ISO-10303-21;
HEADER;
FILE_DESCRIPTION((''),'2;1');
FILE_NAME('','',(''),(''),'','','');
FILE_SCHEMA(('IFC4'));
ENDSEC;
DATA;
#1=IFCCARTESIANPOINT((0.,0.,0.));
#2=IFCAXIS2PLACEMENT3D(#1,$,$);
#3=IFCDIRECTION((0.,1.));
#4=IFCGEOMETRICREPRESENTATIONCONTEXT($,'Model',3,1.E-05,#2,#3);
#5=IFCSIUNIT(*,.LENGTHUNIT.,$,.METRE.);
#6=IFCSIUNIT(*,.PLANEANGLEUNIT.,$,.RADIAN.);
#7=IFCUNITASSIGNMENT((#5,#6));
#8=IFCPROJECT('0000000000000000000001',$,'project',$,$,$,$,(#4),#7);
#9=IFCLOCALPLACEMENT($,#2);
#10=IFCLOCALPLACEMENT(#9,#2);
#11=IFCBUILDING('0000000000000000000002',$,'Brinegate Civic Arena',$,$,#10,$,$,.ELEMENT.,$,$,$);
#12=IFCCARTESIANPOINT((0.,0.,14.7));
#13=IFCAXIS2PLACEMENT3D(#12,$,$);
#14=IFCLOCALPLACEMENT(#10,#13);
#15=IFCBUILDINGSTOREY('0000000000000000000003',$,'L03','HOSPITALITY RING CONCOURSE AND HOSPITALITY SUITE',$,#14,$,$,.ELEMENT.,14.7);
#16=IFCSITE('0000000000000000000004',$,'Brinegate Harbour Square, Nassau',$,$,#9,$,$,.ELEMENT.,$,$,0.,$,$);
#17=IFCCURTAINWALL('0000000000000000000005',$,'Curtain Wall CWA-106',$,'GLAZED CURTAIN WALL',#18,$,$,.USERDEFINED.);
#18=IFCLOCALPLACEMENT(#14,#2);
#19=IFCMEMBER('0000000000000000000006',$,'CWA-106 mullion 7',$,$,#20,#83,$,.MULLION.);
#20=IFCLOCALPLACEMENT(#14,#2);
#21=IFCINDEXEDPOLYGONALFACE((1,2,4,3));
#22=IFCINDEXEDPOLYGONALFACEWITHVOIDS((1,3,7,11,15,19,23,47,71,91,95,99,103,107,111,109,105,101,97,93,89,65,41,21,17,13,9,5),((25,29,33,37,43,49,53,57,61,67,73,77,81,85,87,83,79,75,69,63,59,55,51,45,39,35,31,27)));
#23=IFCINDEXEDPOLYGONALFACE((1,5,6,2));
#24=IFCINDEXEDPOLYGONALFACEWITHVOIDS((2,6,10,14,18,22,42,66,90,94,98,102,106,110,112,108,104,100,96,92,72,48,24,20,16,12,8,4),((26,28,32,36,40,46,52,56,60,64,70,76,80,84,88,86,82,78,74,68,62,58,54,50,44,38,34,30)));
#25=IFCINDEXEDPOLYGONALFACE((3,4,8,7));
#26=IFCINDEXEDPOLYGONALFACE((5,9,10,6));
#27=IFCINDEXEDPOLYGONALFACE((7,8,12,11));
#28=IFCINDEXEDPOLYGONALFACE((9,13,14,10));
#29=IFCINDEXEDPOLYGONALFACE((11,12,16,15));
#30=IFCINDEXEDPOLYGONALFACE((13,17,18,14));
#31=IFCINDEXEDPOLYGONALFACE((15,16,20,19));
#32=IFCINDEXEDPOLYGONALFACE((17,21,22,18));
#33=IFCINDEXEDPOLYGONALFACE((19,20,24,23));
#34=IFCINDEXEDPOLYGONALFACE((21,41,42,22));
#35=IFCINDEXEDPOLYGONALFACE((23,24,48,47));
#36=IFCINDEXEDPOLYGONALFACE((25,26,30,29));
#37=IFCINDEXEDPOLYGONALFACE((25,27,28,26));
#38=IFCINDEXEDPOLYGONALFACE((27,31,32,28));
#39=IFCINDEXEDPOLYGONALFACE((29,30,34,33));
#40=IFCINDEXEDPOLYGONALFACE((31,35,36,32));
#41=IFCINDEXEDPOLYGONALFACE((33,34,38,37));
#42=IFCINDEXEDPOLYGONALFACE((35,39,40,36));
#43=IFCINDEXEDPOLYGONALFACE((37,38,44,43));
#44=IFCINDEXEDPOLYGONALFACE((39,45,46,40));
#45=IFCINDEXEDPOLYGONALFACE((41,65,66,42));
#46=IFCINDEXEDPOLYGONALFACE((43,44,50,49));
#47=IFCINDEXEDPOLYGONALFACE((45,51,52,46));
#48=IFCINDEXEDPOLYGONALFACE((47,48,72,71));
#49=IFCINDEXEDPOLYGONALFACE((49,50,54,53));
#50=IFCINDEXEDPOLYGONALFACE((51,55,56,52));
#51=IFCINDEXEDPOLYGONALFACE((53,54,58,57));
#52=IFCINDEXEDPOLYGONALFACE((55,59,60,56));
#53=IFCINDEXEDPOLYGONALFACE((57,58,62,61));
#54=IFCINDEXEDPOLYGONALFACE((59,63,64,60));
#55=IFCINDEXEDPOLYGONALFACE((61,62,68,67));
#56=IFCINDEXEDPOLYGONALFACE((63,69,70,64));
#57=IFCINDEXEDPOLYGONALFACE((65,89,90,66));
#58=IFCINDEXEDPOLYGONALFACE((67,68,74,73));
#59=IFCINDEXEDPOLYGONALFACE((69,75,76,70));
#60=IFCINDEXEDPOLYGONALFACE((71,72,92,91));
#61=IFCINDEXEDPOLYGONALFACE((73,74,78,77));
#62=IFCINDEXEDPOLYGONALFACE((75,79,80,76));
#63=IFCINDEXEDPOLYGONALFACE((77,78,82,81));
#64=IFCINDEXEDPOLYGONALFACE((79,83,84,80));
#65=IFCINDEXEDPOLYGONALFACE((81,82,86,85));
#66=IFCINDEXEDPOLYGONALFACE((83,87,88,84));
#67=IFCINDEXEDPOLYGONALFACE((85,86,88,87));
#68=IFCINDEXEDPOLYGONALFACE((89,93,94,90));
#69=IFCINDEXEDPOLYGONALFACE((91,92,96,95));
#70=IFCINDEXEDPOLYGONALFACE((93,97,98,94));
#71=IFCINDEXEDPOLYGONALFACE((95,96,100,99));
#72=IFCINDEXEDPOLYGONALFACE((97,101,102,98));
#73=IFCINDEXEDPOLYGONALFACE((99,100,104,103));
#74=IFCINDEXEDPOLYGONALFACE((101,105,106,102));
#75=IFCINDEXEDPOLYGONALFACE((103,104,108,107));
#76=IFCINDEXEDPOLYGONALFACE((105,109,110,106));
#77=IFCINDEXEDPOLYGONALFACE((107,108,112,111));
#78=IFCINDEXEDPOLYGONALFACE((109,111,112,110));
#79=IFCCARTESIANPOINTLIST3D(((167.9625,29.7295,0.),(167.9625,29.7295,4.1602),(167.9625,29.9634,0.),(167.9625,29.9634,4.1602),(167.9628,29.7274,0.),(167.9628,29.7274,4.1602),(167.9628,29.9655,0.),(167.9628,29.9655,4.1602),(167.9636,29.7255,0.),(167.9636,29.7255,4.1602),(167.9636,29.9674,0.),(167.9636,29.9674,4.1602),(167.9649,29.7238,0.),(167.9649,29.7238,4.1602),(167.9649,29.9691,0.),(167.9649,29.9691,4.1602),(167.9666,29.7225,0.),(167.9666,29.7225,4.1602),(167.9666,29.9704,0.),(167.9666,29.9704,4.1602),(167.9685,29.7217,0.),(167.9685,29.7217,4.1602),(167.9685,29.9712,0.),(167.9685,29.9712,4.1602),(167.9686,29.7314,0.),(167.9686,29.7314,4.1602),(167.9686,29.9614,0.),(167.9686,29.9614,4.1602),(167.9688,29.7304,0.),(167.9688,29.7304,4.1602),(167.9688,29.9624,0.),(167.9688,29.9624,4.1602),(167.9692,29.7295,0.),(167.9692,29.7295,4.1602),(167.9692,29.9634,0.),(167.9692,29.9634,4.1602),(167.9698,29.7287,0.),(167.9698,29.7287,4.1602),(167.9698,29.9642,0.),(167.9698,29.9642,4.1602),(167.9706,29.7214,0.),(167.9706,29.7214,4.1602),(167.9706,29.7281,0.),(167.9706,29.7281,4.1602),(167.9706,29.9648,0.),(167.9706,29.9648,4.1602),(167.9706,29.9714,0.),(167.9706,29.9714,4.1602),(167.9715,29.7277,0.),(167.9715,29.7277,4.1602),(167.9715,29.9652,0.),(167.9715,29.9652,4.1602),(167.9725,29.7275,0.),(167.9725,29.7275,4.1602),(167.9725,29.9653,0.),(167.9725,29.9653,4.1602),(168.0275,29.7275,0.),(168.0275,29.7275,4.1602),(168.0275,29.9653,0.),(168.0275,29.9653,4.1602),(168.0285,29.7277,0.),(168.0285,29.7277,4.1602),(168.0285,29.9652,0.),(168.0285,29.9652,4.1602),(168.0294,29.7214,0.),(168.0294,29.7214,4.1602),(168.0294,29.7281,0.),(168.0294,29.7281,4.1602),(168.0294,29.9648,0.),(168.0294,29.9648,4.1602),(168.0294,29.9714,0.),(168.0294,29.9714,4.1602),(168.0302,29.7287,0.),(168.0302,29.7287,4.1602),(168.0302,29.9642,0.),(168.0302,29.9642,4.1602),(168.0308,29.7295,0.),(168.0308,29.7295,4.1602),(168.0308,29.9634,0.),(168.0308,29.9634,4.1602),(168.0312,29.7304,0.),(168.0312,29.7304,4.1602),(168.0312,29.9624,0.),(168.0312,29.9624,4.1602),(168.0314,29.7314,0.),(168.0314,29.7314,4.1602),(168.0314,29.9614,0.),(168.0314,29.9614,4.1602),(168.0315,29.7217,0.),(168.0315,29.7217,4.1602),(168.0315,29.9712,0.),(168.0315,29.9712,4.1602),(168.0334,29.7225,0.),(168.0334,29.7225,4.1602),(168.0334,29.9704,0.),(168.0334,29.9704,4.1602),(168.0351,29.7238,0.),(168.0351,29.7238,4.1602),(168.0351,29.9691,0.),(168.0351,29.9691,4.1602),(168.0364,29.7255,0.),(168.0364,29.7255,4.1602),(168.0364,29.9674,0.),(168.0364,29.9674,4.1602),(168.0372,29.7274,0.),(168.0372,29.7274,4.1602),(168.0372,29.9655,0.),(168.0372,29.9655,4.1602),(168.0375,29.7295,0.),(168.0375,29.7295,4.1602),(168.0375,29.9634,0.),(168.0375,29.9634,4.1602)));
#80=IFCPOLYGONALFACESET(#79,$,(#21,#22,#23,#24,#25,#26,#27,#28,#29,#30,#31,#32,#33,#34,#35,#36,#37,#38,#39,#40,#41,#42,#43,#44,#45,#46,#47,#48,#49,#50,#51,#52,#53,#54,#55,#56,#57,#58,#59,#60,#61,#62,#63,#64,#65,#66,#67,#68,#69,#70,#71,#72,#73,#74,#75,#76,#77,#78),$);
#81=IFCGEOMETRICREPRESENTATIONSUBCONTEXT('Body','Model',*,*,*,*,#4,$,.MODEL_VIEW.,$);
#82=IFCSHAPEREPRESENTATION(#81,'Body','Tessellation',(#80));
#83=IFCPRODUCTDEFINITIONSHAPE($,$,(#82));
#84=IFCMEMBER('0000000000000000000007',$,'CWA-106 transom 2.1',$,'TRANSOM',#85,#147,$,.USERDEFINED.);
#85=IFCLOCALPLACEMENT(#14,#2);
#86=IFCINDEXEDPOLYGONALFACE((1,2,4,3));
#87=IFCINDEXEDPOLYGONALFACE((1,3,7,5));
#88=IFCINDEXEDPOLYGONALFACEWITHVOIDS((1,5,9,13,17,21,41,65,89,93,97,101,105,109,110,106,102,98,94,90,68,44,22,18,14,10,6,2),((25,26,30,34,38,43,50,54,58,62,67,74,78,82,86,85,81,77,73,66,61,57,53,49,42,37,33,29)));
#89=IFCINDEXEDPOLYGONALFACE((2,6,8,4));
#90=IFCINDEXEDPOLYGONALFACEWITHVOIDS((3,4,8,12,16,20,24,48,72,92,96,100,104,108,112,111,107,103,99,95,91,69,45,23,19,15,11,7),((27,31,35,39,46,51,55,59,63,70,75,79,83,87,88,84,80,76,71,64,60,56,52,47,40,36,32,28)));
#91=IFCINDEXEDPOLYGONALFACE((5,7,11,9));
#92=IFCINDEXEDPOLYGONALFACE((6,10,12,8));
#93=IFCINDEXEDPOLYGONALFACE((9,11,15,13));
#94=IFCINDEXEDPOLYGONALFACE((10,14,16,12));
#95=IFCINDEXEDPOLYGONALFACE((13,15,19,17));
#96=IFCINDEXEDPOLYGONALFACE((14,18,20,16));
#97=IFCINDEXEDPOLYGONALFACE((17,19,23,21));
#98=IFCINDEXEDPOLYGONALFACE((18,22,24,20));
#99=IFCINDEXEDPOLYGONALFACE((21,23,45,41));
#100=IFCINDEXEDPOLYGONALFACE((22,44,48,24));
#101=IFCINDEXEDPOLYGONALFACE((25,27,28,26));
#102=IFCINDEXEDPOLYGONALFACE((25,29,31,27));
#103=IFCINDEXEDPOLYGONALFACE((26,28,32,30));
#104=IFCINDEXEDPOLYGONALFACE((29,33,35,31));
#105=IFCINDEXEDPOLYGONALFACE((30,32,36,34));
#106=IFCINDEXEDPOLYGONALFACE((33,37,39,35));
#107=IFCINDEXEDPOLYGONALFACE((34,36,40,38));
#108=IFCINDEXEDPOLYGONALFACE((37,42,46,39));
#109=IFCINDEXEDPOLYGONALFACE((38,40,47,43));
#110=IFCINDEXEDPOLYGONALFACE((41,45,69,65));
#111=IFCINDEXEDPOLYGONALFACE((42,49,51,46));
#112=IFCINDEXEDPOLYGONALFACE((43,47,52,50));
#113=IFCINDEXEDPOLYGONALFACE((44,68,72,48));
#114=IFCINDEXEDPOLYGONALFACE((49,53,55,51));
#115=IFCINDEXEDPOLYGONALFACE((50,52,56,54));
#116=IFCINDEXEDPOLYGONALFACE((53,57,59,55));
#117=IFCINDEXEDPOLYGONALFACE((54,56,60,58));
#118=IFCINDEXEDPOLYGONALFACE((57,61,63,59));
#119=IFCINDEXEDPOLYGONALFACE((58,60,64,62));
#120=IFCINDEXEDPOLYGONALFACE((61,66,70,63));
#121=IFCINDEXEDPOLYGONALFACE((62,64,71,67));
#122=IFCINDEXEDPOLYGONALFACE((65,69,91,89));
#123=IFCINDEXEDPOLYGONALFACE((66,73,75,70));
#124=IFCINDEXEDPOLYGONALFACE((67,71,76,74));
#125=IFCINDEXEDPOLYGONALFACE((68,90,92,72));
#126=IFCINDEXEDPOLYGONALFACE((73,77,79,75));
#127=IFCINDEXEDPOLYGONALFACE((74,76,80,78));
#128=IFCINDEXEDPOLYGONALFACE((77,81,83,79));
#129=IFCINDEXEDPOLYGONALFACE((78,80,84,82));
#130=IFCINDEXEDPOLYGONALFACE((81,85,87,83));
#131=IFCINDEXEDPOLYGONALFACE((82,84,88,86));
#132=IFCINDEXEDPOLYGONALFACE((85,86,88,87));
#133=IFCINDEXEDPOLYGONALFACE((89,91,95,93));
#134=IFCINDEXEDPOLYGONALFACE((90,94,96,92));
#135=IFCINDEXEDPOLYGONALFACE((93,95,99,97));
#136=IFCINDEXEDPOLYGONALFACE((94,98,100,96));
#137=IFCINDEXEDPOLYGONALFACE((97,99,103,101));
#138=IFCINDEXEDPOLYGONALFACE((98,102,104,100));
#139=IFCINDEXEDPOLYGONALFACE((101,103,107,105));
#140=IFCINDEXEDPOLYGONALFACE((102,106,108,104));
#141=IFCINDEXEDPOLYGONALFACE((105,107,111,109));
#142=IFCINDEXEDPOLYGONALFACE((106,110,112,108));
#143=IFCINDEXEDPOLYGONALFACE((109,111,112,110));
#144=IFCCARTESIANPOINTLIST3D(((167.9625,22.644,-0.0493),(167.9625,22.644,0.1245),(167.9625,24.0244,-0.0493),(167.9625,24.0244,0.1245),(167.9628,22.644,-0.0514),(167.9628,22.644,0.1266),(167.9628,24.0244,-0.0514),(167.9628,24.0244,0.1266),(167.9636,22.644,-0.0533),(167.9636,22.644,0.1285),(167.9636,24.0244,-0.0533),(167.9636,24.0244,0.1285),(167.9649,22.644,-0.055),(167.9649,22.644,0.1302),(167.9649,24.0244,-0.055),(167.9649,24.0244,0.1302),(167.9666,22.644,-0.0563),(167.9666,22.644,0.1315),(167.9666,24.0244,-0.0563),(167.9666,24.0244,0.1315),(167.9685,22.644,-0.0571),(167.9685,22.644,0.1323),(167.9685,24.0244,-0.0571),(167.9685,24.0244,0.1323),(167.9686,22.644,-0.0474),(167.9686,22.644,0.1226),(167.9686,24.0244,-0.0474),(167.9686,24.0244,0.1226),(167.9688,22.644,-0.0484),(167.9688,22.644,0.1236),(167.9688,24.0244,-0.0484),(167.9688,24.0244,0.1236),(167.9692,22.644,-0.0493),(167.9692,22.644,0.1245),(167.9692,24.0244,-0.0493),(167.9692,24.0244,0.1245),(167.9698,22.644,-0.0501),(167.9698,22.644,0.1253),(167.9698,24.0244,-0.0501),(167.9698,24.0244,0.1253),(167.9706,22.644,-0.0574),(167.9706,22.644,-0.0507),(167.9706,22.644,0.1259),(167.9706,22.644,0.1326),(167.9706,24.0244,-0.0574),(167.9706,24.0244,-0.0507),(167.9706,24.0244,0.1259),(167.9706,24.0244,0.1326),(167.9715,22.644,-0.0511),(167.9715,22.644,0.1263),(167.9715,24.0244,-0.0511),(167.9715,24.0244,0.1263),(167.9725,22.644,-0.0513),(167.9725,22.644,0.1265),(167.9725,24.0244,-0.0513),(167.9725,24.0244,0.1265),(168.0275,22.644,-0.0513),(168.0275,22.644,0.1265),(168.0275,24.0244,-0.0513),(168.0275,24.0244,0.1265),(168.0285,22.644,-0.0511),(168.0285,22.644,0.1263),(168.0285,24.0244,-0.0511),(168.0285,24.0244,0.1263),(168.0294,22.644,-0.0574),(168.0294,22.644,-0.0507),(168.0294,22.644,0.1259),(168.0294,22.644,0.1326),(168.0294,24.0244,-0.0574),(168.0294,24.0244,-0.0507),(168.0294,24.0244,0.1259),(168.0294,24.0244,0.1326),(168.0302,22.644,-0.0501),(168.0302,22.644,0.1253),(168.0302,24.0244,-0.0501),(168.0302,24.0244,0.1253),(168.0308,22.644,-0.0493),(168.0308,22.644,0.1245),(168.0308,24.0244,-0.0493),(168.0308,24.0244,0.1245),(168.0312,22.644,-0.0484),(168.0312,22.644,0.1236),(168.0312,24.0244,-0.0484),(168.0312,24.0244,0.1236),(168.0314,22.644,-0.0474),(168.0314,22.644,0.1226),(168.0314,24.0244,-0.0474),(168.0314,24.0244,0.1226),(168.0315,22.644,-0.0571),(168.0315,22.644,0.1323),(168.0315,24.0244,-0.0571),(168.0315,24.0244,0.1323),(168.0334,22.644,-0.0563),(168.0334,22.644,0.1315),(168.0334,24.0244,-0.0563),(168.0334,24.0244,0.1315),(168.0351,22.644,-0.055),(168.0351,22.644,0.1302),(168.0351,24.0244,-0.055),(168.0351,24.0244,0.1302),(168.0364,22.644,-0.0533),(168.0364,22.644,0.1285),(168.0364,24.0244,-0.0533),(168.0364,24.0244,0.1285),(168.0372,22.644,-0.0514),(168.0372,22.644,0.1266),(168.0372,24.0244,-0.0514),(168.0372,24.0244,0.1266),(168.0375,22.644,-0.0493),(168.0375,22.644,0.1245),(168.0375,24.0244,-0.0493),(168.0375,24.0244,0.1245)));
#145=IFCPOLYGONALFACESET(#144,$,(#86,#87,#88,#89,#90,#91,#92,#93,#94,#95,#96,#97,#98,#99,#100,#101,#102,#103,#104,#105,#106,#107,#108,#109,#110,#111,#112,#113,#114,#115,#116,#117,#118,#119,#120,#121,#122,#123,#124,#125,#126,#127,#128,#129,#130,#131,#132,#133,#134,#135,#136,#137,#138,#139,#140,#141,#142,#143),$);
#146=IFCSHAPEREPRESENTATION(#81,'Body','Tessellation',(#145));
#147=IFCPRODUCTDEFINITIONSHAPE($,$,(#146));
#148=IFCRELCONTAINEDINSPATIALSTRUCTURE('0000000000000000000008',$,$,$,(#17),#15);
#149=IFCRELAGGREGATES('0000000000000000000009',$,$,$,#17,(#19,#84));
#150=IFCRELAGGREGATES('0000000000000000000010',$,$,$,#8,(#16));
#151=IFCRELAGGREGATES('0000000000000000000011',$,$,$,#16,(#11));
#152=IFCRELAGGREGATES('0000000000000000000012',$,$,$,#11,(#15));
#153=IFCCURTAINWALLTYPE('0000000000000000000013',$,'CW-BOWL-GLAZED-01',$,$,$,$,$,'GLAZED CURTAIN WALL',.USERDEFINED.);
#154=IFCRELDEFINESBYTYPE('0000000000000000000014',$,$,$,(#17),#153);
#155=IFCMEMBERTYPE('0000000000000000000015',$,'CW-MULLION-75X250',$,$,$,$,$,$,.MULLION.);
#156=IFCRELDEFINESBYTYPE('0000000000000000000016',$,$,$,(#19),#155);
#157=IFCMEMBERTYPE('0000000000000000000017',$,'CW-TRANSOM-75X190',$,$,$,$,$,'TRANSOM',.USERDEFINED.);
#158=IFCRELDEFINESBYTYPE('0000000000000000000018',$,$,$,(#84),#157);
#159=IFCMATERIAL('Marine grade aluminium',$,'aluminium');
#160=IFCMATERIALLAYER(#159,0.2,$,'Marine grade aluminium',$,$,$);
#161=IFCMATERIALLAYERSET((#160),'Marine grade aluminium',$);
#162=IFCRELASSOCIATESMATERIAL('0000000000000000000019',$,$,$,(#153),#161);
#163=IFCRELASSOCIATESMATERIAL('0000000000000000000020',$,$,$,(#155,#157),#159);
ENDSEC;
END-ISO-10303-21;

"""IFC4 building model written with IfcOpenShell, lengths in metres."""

from ifc_helpers import new_model, si_unit, direction, frame, origin, origin_2d, place, context, subcontext, project, spatial, hollow_rectangle, extrude, material, layer, layer_set, material_profile, profile_set, type_object, element, aggregate, save


model = new_model("IFC4")

# Units and contexts
model_context = context("Model", 3, precision=1e-05, world=origin(), true_north=direction((0.0, 1.0)))
body_context = subcontext(model_context, "Body", "Model", "MODEL_VIEW")
ifc_project = project(units=[si_unit("LENGTHUNIT", "METRE"), si_unit("PLANEANGLEUNIT", "RADIAN")], contexts=[model_context])

# Site, building, storey
site_placement = place(None, origin())
site = spatial("IfcSite", under=ifc_project, at=site_placement, Name="Brinegate Harbour Square, Nassau", CompositionType="ELEMENT", RefElevation=0.0)
building_placement = place(site_placement, origin())
building = spatial("IfcBuilding", under=site, at=building_placement, Name="Brinegate Civic Arena", CompositionType="ELEMENT")
storey_placement = place(building_placement, frame((0.0, 0.0, 14.7)))
storey = spatial("IfcBuildingStorey", under=building, at=storey_placement, Name="L03", Description="HOSPITALITY RING CONCOURSE AND HOSPITALITY SUITE", CompositionType="ELEMENT", Elevation=14.7)

# Shared definitions
ifc_material_1 = material(Name="Marine grade aluminium", Category="aluminium")
ifc_layer_1 = layer(ifc_material_1, 0.2, Name="Marine grade aluminium")
ifc_layer_set_1 = layer_set([ifc_layer_1], Name="Marine grade aluminium")
curtain_wall_type = type_object("IfcCurtainWallType", Name="CW-BOWL-GLAZED-01", ElementType="GLAZED CURTAIN WALL", PredefinedType="USERDEFINED", material=ifc_layer_set_1)

# Curtain wall, members
curtain_wall_1_placement = place(storey_placement, origin())
curtain_wall_1 = element("IfcCurtainWall", 1, at=curtain_wall_1_placement, inside=storey, type_object=curtain_wall_type, Name="Curtain Wall CWA-106", ObjectType="GLAZED CURTAIN WALL", PredefinedType="USERDEFINED")
ifc_material_profile_1 = material_profile(ifc_material_1, hollow_rectangle(XDim=0.075, YDim=0.25, WallThickness=0.0061, InnerFilletRadius=0.0039, OuterFilletRadius=0.0081, at=origin_2d()), Name="MUL75X250")
ifc_profile_set_1 = profile_set([ifc_material_profile_1], Name="Marine grade aluminium")
member_type_1 = type_object("IfcMemberType", Name="CW-MULLION-75X250", PredefinedType="MULLION", material=ifc_profile_set_1)
member_1_placement = place(storey_placement, frame((168.0, 29.8464, 0.0), z_axis=(0.0, 0.0, 1.0), x_axis=(-1.0, 0.0, 0.0)))
member_1 = element("IfcMember", 2, at=member_1_placement, type_object=member_type_1, Name="CWA-106 mullion 7", PredefinedType="MULLION", context=body_context, shape_type="SweptSolid", body=[
    extrude(hollow_rectangle(XDim=0.075, YDim=0.25, WallThickness=0.0061, InnerFilletRadius=0.0039, OuterFilletRadius=0.0081, at=origin_2d()), origin(), (0.0, 0.0, 1.0), 4.1602),
])
ifc_material_profile_2 = material_profile(ifc_material_1, hollow_rectangle(XDim=0.075, YDim=0.1899, WallThickness=0.0061, InnerFilletRadius=0.0039, OuterFilletRadius=0.0081, at=origin_2d()), Name="TRN75X190")
ifc_profile_set_2 = profile_set([ifc_material_profile_2], Name="Marine grade aluminium")
member_type_2 = type_object("IfcMemberType", Name="CW-TRANSOM-75X190", ElementType="TRANSOM", PredefinedType="USERDEFINED", material=ifc_profile_set_2)
member_2_placement = place(storey_placement, frame((168.0, 22.644, 0.0376), z_axis=(0.0, 1.0, 0.0), x_axis=(-1.0, 0.0, 0.0)))
member_2 = element("IfcMember", 3, at=member_2_placement, type_object=member_type_2, Name="CWA-106 transom 2.1", ObjectType="TRANSOM", PredefinedType="USERDEFINED", context=body_context, shape_type="SweptSolid", body=[
    extrude(hollow_rectangle(XDim=0.075, YDim=0.1899, WallThickness=0.0061, InnerFilletRadius=0.0039, OuterFilletRadius=0.0081, at=origin_2d()), origin(), (0.0, 0.0, 1.0), 1.3804),
])

aggregate(curtain_wall_1, [member_1, member_2])

save(model, "model.ifc")
